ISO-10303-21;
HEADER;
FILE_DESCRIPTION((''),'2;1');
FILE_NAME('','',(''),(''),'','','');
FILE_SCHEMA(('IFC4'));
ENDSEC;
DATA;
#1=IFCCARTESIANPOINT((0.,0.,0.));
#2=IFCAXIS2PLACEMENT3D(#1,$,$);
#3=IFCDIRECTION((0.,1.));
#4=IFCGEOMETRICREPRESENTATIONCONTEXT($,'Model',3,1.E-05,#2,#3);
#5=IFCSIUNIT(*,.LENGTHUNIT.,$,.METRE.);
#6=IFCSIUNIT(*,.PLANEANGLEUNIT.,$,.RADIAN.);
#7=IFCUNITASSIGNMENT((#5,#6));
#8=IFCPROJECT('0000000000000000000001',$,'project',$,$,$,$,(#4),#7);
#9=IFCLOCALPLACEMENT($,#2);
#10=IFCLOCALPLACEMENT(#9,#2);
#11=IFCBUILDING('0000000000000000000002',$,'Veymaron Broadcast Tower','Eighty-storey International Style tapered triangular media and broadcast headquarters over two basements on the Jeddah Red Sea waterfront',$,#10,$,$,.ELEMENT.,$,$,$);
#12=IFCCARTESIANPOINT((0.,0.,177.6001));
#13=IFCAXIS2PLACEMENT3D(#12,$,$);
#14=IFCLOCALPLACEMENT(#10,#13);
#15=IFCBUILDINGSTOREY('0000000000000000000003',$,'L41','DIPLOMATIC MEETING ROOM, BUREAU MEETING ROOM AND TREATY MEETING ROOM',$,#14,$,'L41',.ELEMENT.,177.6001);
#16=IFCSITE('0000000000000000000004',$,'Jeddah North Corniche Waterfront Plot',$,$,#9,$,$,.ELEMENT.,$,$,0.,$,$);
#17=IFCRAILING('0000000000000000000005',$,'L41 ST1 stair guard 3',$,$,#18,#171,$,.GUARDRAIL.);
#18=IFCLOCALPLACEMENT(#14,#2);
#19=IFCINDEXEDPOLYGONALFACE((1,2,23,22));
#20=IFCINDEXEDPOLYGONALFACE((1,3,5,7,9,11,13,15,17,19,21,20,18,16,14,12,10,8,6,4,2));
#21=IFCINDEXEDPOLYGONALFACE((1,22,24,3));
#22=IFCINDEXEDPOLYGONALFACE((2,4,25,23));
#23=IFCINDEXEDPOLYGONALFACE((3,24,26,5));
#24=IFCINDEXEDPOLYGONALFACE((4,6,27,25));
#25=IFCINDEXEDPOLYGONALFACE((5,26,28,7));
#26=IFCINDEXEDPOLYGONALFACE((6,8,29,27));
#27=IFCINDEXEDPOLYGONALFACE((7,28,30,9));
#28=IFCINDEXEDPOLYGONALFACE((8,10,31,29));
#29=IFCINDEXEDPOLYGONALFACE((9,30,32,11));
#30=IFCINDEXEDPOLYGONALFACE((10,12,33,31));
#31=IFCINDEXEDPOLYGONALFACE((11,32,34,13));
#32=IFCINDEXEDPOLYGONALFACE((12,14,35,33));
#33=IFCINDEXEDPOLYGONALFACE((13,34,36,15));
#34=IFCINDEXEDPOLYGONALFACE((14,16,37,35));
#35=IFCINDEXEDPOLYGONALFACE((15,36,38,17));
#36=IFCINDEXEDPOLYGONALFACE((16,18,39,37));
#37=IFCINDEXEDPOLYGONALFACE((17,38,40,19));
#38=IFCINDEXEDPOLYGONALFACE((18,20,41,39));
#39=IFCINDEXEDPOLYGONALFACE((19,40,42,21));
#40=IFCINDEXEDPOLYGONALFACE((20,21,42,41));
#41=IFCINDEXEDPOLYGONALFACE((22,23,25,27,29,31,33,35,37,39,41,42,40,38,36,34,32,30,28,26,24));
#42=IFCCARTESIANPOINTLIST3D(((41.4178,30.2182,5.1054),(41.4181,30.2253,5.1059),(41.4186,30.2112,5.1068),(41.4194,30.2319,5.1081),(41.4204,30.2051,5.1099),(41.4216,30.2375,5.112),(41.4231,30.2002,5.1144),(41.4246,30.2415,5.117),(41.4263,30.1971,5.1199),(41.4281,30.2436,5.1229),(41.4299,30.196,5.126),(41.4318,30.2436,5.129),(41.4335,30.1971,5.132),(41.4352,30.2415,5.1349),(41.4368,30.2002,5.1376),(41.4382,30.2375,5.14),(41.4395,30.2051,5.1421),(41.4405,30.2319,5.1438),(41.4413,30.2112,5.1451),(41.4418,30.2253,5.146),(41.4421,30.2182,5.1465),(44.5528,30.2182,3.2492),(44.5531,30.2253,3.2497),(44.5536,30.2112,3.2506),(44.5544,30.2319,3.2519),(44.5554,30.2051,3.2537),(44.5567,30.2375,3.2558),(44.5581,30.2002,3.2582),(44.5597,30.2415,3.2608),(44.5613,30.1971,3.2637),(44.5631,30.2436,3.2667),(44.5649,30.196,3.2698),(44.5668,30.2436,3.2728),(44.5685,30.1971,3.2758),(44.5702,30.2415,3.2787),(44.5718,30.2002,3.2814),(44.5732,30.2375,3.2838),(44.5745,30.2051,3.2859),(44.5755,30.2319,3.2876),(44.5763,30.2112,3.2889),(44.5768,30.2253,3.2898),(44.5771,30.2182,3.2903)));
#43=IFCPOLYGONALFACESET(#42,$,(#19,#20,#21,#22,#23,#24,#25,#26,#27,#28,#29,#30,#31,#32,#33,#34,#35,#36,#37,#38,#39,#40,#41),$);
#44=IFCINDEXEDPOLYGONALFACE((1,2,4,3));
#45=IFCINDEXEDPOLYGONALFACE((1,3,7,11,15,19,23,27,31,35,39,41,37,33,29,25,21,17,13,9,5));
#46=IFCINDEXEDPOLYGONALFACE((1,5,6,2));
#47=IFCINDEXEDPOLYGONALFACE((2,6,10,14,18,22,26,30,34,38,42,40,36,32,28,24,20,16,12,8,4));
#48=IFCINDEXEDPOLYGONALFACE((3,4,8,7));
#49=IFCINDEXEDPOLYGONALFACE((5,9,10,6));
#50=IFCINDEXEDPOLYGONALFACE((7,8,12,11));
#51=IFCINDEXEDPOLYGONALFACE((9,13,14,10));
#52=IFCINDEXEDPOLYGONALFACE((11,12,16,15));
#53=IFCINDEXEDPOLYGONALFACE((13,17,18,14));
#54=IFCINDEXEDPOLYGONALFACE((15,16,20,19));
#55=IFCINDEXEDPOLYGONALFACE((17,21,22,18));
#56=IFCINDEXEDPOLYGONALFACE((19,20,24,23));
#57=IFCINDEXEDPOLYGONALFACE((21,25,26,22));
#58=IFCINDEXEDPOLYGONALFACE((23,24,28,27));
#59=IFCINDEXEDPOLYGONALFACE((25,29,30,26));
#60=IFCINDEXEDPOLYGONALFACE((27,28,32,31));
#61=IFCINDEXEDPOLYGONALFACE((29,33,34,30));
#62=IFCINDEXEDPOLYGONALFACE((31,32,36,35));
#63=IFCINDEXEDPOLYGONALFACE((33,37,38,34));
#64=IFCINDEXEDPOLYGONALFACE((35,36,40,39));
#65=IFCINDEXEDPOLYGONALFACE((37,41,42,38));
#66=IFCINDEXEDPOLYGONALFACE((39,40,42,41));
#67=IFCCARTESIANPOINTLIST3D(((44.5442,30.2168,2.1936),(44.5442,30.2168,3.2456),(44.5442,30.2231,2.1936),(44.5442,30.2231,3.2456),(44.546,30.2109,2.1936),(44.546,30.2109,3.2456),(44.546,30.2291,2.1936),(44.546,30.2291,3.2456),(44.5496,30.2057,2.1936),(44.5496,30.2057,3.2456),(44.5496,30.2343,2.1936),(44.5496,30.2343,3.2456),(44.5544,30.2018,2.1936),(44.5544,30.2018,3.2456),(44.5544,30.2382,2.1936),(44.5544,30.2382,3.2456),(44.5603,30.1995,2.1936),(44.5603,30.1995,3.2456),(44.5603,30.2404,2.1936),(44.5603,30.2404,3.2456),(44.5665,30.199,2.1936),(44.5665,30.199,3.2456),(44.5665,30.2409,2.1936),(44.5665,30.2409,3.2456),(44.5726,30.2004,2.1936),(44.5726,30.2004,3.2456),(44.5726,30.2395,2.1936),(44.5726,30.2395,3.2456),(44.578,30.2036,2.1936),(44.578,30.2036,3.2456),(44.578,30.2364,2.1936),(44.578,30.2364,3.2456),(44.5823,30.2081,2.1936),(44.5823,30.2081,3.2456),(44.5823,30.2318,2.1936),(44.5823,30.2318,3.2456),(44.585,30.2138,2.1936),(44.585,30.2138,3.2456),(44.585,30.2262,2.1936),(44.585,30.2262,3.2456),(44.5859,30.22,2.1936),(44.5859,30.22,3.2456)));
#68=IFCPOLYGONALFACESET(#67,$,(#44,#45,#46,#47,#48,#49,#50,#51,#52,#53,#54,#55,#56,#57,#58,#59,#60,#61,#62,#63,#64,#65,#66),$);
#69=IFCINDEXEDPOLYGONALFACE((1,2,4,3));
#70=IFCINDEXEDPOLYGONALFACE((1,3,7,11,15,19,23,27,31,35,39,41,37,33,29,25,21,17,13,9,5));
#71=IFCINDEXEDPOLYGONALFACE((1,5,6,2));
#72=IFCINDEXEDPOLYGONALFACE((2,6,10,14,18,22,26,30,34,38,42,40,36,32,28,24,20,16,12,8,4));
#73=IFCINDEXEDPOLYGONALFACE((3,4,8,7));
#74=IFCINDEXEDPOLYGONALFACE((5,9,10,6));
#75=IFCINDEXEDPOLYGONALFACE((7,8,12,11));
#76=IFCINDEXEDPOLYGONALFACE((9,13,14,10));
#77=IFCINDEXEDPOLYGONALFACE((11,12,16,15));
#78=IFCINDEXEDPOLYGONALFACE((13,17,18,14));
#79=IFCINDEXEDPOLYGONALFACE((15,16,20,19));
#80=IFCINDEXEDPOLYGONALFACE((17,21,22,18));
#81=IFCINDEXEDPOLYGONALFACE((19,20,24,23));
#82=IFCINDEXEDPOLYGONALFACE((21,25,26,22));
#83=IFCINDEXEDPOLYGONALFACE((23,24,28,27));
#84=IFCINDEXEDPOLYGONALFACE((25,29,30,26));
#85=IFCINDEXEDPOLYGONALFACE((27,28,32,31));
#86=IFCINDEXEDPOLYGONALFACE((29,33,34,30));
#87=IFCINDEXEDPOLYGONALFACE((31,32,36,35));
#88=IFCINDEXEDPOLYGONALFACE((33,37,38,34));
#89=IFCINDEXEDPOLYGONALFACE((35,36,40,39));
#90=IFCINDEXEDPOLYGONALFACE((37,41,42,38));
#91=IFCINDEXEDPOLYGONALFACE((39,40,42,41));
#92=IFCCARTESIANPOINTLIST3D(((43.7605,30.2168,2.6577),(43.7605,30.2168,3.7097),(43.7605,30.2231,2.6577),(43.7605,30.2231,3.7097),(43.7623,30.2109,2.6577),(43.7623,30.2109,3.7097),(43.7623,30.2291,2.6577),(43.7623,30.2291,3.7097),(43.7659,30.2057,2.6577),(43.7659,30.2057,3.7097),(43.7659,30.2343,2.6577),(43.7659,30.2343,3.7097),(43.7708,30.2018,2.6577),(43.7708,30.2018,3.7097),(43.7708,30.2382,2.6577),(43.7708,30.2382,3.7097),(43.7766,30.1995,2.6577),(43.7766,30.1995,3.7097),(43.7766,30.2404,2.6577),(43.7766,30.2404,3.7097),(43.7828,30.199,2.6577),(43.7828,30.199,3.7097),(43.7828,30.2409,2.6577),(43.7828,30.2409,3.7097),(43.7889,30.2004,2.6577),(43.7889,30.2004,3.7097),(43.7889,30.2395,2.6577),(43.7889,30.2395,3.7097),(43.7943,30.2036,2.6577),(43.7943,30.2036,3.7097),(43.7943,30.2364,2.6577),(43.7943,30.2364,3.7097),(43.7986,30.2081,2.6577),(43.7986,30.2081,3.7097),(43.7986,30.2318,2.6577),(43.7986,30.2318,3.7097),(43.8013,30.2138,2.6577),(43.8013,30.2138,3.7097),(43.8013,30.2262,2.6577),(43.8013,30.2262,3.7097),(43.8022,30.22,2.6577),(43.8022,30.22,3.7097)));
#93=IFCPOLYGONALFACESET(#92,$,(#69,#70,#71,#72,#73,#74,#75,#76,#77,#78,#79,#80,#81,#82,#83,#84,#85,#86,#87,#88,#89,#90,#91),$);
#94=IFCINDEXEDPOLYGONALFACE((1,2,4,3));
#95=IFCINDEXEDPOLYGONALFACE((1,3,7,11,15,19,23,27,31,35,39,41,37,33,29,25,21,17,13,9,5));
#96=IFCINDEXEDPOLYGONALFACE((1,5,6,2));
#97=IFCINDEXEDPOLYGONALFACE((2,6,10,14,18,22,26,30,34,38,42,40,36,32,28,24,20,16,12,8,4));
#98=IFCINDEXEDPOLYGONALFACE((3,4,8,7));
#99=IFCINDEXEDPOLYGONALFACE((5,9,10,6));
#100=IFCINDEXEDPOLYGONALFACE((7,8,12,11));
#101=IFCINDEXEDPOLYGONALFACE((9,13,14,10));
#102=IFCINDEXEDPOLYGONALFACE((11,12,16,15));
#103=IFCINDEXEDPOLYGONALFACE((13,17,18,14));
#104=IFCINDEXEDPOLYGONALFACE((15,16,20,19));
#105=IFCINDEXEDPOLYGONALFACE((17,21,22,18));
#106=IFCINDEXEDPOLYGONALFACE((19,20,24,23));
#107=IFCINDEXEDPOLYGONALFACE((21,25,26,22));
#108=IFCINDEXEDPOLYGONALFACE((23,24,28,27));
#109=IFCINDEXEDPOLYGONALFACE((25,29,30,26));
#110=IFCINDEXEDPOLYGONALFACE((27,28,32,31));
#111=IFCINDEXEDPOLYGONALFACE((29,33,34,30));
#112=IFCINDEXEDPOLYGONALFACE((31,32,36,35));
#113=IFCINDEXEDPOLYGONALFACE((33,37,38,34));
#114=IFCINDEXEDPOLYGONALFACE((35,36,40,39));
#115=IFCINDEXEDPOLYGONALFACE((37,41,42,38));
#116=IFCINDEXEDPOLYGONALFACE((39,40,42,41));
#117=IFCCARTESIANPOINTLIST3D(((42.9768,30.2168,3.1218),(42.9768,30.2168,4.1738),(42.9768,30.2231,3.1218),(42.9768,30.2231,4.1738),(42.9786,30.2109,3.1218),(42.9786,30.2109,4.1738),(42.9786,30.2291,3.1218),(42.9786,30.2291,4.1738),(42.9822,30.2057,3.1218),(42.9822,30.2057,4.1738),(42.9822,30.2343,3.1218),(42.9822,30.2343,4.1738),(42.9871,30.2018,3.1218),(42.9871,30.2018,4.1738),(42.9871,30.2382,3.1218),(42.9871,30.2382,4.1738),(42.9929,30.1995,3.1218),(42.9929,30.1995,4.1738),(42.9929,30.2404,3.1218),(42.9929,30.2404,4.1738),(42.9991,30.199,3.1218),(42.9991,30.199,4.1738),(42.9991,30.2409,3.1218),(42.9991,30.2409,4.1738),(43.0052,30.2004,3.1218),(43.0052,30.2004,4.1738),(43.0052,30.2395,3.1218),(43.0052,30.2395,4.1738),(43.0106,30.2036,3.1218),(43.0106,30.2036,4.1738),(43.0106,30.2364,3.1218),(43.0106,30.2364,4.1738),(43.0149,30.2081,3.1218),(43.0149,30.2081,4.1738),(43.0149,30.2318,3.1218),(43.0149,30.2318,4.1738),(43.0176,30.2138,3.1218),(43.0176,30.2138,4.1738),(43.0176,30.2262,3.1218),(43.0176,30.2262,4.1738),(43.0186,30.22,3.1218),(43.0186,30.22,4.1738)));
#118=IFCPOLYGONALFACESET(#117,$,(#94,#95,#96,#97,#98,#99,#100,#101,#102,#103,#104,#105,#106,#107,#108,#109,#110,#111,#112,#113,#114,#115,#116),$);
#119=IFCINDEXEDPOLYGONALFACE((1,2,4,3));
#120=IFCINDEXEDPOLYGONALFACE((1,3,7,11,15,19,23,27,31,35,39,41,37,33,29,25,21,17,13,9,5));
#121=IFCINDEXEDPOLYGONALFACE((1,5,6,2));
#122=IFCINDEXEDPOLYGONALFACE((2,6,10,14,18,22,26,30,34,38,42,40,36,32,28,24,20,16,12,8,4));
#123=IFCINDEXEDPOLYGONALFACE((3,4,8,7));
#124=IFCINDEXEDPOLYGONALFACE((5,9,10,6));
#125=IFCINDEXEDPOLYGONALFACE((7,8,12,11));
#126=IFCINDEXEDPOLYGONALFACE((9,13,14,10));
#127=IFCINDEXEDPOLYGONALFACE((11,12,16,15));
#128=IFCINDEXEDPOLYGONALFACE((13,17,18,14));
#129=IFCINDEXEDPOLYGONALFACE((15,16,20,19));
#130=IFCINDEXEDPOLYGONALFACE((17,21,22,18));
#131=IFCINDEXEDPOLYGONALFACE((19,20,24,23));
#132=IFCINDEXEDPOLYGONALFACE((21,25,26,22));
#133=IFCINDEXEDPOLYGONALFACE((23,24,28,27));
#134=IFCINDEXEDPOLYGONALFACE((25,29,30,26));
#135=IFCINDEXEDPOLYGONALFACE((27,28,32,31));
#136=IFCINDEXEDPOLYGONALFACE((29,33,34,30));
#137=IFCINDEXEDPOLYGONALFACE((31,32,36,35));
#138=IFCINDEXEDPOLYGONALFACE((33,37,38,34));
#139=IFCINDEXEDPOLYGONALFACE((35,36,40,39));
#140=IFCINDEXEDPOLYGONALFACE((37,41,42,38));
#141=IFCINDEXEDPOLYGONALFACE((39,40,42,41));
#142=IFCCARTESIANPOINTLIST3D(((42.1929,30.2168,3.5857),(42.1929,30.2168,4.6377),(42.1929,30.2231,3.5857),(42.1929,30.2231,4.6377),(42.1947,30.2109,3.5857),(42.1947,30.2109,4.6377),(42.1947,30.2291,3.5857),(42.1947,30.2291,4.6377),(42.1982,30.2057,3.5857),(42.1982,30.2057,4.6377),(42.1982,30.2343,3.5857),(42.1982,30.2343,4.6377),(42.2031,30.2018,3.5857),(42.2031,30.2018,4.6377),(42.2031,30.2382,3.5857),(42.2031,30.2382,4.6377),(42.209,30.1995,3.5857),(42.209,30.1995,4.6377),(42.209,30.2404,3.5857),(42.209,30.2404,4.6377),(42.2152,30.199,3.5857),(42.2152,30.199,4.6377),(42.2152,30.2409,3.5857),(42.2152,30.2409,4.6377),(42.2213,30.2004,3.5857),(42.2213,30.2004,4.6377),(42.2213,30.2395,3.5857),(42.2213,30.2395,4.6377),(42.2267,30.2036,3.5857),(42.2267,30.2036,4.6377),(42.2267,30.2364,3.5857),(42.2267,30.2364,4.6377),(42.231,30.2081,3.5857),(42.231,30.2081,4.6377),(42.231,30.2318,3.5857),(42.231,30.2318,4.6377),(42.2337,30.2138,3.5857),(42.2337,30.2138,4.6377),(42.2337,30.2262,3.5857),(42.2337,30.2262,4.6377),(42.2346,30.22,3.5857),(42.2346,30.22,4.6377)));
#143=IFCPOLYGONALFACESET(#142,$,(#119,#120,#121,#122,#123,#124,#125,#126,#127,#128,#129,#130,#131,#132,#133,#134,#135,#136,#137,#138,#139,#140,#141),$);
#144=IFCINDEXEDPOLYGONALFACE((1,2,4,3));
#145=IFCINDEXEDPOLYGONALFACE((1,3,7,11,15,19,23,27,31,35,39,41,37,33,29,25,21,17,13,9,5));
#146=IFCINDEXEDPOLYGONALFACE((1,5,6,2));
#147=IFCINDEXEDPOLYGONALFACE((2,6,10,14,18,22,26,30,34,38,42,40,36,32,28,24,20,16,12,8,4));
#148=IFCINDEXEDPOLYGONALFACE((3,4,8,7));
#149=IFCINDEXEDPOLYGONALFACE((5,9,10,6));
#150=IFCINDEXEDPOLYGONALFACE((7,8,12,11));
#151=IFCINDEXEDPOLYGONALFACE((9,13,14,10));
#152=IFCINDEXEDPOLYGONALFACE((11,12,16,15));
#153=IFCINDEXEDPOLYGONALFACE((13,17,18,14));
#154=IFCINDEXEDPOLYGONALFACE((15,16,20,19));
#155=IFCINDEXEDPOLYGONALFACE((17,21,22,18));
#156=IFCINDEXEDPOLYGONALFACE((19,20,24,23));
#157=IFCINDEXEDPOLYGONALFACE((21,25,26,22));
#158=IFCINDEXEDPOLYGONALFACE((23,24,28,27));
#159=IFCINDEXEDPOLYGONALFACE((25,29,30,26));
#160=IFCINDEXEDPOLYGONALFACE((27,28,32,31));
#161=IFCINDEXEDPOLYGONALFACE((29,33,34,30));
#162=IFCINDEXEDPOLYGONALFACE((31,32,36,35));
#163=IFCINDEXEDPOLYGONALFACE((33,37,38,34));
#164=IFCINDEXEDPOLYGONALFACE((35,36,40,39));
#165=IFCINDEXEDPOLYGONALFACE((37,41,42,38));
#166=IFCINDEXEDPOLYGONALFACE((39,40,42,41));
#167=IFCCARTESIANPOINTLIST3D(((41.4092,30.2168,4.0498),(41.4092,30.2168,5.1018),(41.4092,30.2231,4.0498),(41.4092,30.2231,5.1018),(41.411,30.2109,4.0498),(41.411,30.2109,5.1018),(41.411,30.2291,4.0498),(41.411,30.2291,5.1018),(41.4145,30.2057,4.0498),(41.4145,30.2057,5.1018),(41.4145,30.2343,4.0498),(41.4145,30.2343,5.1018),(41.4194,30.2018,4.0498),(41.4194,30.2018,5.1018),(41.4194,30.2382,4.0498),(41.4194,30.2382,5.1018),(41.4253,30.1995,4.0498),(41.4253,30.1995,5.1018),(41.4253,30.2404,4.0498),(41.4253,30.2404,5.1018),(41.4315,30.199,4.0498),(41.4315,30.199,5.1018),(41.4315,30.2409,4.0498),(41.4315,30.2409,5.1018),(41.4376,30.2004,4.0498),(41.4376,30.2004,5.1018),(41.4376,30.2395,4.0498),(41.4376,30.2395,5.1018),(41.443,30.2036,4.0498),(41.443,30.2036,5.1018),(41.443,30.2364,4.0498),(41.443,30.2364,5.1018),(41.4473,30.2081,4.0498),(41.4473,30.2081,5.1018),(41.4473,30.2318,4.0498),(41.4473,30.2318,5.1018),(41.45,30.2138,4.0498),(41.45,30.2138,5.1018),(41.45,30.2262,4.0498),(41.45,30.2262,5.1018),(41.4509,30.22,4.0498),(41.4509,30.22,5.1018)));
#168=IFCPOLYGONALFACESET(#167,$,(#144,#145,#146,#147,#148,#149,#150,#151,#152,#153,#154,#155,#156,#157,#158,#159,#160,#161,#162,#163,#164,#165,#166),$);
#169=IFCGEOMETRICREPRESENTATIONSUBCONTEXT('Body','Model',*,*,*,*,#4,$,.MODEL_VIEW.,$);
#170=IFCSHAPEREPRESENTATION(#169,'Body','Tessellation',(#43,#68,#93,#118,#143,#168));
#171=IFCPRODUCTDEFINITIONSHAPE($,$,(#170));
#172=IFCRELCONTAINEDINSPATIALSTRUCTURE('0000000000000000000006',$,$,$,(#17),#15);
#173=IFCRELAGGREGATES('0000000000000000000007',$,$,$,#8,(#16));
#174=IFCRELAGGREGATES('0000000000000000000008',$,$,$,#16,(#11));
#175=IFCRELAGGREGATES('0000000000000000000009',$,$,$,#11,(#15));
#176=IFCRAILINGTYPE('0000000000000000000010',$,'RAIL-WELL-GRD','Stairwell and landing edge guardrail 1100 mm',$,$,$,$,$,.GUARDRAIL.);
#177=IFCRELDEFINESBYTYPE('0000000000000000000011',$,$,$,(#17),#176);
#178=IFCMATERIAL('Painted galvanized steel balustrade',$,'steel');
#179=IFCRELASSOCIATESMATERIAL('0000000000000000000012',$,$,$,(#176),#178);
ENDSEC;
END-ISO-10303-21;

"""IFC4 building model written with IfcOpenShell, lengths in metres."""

from ifc_helpers import new_model, si_unit, direction, frame, origin, origin_2d, place, context, subcontext, project, spatial, circle, extrude, material, type_object, element, save


model = new_model("IFC4")

# Units and contexts
model_context = context("Model", 3, precision=1e-05, world=origin(), true_north=direction((0.0, 1.0)))
body_context = subcontext(model_context, "Body", "Model", "MODEL_VIEW")
ifc_project = project(units=[si_unit("LENGTHUNIT", "METRE"), si_unit("PLANEANGLEUNIT", "RADIAN")], contexts=[model_context])

# Site, building, storey
site_placement = place(None, origin())
site = spatial("IfcSite", under=ifc_project, at=site_placement, Name="Jeddah North Corniche Waterfront Plot", CompositionType="ELEMENT", RefElevation=0.0)
building_placement = place(site_placement, origin())
building = spatial("IfcBuilding", under=site, at=building_placement, Name="Veymaron Broadcast Tower", Description="Eighty-storey International Style tapered triangular media and broadcast headquarters over two basements on the Jeddah Red Sea waterfront", CompositionType="ELEMENT")
storey_placement = place(building_placement, frame((0.0, 0.0, 177.6001)))
storey = spatial("IfcBuildingStorey", under=building, at=storey_placement, Name="L41", Description="DIPLOMATIC MEETING ROOM, BUREAU MEETING ROOM AND TREATY MEETING ROOM", LongName="L41", CompositionType="ELEMENT", Elevation=177.6001)

# Railing
ifc_material_1 = material(Name="Painted galvanized steel balustrade", Category="steel")
railing_type_1 = type_object("IfcRailingType", Name="RAIL-WELL-GRD", Description="Stairwell and landing edge guardrail 1100 mm", PredefinedType="GUARDRAIL", material=ifc_material_1)
railing_1_placement = place(storey_placement, frame((44.5649, 30.22, 2.1936)))
element("IfcRailing", 1, at=railing_1_placement, inside=storey, type_object=railing_type_1, Name="L41 ST1 stair guard 3", PredefinedType="GUARDRAIL", context=body_context, shape_type="SweptSolid", body=[
    extrude(circle(Radius=0.0239, at=origin_2d()), frame((0.0, 0.0, 1.0762), z_axis=(-0.860482, 0.0, 0.509481), x_axis=(0.0, -1.0, 0.0)), (0.0, 0.0, 1.0), 3.6433),
    extrude(circle(Radius=0.021, at=origin_2d()), origin(), (0.0, 0.0, 1.0), 1.052),
    extrude(circle(Radius=0.021, at=origin_2d()), frame((-0.7837, 0.0, 0.4641)), (0.0, 0.0, 1.0), 1.052),
    extrude(circle(Radius=0.021, at=origin_2d()), frame((-1.5674, 0.0, 0.9282)), (0.0, 0.0, 1.0), 1.052),
    extrude(circle(Radius=0.021, at=origin_2d()), frame((-2.3513, 0.0, 1.3921)), (0.0, 0.0, 1.0), 1.052),
    extrude(circle(Radius=0.021, at=origin_2d()), frame((-3.135, 0.0, 1.8562)), (0.0, 0.0, 1.0), 1.052),
])

save(model, "model.ifc")
